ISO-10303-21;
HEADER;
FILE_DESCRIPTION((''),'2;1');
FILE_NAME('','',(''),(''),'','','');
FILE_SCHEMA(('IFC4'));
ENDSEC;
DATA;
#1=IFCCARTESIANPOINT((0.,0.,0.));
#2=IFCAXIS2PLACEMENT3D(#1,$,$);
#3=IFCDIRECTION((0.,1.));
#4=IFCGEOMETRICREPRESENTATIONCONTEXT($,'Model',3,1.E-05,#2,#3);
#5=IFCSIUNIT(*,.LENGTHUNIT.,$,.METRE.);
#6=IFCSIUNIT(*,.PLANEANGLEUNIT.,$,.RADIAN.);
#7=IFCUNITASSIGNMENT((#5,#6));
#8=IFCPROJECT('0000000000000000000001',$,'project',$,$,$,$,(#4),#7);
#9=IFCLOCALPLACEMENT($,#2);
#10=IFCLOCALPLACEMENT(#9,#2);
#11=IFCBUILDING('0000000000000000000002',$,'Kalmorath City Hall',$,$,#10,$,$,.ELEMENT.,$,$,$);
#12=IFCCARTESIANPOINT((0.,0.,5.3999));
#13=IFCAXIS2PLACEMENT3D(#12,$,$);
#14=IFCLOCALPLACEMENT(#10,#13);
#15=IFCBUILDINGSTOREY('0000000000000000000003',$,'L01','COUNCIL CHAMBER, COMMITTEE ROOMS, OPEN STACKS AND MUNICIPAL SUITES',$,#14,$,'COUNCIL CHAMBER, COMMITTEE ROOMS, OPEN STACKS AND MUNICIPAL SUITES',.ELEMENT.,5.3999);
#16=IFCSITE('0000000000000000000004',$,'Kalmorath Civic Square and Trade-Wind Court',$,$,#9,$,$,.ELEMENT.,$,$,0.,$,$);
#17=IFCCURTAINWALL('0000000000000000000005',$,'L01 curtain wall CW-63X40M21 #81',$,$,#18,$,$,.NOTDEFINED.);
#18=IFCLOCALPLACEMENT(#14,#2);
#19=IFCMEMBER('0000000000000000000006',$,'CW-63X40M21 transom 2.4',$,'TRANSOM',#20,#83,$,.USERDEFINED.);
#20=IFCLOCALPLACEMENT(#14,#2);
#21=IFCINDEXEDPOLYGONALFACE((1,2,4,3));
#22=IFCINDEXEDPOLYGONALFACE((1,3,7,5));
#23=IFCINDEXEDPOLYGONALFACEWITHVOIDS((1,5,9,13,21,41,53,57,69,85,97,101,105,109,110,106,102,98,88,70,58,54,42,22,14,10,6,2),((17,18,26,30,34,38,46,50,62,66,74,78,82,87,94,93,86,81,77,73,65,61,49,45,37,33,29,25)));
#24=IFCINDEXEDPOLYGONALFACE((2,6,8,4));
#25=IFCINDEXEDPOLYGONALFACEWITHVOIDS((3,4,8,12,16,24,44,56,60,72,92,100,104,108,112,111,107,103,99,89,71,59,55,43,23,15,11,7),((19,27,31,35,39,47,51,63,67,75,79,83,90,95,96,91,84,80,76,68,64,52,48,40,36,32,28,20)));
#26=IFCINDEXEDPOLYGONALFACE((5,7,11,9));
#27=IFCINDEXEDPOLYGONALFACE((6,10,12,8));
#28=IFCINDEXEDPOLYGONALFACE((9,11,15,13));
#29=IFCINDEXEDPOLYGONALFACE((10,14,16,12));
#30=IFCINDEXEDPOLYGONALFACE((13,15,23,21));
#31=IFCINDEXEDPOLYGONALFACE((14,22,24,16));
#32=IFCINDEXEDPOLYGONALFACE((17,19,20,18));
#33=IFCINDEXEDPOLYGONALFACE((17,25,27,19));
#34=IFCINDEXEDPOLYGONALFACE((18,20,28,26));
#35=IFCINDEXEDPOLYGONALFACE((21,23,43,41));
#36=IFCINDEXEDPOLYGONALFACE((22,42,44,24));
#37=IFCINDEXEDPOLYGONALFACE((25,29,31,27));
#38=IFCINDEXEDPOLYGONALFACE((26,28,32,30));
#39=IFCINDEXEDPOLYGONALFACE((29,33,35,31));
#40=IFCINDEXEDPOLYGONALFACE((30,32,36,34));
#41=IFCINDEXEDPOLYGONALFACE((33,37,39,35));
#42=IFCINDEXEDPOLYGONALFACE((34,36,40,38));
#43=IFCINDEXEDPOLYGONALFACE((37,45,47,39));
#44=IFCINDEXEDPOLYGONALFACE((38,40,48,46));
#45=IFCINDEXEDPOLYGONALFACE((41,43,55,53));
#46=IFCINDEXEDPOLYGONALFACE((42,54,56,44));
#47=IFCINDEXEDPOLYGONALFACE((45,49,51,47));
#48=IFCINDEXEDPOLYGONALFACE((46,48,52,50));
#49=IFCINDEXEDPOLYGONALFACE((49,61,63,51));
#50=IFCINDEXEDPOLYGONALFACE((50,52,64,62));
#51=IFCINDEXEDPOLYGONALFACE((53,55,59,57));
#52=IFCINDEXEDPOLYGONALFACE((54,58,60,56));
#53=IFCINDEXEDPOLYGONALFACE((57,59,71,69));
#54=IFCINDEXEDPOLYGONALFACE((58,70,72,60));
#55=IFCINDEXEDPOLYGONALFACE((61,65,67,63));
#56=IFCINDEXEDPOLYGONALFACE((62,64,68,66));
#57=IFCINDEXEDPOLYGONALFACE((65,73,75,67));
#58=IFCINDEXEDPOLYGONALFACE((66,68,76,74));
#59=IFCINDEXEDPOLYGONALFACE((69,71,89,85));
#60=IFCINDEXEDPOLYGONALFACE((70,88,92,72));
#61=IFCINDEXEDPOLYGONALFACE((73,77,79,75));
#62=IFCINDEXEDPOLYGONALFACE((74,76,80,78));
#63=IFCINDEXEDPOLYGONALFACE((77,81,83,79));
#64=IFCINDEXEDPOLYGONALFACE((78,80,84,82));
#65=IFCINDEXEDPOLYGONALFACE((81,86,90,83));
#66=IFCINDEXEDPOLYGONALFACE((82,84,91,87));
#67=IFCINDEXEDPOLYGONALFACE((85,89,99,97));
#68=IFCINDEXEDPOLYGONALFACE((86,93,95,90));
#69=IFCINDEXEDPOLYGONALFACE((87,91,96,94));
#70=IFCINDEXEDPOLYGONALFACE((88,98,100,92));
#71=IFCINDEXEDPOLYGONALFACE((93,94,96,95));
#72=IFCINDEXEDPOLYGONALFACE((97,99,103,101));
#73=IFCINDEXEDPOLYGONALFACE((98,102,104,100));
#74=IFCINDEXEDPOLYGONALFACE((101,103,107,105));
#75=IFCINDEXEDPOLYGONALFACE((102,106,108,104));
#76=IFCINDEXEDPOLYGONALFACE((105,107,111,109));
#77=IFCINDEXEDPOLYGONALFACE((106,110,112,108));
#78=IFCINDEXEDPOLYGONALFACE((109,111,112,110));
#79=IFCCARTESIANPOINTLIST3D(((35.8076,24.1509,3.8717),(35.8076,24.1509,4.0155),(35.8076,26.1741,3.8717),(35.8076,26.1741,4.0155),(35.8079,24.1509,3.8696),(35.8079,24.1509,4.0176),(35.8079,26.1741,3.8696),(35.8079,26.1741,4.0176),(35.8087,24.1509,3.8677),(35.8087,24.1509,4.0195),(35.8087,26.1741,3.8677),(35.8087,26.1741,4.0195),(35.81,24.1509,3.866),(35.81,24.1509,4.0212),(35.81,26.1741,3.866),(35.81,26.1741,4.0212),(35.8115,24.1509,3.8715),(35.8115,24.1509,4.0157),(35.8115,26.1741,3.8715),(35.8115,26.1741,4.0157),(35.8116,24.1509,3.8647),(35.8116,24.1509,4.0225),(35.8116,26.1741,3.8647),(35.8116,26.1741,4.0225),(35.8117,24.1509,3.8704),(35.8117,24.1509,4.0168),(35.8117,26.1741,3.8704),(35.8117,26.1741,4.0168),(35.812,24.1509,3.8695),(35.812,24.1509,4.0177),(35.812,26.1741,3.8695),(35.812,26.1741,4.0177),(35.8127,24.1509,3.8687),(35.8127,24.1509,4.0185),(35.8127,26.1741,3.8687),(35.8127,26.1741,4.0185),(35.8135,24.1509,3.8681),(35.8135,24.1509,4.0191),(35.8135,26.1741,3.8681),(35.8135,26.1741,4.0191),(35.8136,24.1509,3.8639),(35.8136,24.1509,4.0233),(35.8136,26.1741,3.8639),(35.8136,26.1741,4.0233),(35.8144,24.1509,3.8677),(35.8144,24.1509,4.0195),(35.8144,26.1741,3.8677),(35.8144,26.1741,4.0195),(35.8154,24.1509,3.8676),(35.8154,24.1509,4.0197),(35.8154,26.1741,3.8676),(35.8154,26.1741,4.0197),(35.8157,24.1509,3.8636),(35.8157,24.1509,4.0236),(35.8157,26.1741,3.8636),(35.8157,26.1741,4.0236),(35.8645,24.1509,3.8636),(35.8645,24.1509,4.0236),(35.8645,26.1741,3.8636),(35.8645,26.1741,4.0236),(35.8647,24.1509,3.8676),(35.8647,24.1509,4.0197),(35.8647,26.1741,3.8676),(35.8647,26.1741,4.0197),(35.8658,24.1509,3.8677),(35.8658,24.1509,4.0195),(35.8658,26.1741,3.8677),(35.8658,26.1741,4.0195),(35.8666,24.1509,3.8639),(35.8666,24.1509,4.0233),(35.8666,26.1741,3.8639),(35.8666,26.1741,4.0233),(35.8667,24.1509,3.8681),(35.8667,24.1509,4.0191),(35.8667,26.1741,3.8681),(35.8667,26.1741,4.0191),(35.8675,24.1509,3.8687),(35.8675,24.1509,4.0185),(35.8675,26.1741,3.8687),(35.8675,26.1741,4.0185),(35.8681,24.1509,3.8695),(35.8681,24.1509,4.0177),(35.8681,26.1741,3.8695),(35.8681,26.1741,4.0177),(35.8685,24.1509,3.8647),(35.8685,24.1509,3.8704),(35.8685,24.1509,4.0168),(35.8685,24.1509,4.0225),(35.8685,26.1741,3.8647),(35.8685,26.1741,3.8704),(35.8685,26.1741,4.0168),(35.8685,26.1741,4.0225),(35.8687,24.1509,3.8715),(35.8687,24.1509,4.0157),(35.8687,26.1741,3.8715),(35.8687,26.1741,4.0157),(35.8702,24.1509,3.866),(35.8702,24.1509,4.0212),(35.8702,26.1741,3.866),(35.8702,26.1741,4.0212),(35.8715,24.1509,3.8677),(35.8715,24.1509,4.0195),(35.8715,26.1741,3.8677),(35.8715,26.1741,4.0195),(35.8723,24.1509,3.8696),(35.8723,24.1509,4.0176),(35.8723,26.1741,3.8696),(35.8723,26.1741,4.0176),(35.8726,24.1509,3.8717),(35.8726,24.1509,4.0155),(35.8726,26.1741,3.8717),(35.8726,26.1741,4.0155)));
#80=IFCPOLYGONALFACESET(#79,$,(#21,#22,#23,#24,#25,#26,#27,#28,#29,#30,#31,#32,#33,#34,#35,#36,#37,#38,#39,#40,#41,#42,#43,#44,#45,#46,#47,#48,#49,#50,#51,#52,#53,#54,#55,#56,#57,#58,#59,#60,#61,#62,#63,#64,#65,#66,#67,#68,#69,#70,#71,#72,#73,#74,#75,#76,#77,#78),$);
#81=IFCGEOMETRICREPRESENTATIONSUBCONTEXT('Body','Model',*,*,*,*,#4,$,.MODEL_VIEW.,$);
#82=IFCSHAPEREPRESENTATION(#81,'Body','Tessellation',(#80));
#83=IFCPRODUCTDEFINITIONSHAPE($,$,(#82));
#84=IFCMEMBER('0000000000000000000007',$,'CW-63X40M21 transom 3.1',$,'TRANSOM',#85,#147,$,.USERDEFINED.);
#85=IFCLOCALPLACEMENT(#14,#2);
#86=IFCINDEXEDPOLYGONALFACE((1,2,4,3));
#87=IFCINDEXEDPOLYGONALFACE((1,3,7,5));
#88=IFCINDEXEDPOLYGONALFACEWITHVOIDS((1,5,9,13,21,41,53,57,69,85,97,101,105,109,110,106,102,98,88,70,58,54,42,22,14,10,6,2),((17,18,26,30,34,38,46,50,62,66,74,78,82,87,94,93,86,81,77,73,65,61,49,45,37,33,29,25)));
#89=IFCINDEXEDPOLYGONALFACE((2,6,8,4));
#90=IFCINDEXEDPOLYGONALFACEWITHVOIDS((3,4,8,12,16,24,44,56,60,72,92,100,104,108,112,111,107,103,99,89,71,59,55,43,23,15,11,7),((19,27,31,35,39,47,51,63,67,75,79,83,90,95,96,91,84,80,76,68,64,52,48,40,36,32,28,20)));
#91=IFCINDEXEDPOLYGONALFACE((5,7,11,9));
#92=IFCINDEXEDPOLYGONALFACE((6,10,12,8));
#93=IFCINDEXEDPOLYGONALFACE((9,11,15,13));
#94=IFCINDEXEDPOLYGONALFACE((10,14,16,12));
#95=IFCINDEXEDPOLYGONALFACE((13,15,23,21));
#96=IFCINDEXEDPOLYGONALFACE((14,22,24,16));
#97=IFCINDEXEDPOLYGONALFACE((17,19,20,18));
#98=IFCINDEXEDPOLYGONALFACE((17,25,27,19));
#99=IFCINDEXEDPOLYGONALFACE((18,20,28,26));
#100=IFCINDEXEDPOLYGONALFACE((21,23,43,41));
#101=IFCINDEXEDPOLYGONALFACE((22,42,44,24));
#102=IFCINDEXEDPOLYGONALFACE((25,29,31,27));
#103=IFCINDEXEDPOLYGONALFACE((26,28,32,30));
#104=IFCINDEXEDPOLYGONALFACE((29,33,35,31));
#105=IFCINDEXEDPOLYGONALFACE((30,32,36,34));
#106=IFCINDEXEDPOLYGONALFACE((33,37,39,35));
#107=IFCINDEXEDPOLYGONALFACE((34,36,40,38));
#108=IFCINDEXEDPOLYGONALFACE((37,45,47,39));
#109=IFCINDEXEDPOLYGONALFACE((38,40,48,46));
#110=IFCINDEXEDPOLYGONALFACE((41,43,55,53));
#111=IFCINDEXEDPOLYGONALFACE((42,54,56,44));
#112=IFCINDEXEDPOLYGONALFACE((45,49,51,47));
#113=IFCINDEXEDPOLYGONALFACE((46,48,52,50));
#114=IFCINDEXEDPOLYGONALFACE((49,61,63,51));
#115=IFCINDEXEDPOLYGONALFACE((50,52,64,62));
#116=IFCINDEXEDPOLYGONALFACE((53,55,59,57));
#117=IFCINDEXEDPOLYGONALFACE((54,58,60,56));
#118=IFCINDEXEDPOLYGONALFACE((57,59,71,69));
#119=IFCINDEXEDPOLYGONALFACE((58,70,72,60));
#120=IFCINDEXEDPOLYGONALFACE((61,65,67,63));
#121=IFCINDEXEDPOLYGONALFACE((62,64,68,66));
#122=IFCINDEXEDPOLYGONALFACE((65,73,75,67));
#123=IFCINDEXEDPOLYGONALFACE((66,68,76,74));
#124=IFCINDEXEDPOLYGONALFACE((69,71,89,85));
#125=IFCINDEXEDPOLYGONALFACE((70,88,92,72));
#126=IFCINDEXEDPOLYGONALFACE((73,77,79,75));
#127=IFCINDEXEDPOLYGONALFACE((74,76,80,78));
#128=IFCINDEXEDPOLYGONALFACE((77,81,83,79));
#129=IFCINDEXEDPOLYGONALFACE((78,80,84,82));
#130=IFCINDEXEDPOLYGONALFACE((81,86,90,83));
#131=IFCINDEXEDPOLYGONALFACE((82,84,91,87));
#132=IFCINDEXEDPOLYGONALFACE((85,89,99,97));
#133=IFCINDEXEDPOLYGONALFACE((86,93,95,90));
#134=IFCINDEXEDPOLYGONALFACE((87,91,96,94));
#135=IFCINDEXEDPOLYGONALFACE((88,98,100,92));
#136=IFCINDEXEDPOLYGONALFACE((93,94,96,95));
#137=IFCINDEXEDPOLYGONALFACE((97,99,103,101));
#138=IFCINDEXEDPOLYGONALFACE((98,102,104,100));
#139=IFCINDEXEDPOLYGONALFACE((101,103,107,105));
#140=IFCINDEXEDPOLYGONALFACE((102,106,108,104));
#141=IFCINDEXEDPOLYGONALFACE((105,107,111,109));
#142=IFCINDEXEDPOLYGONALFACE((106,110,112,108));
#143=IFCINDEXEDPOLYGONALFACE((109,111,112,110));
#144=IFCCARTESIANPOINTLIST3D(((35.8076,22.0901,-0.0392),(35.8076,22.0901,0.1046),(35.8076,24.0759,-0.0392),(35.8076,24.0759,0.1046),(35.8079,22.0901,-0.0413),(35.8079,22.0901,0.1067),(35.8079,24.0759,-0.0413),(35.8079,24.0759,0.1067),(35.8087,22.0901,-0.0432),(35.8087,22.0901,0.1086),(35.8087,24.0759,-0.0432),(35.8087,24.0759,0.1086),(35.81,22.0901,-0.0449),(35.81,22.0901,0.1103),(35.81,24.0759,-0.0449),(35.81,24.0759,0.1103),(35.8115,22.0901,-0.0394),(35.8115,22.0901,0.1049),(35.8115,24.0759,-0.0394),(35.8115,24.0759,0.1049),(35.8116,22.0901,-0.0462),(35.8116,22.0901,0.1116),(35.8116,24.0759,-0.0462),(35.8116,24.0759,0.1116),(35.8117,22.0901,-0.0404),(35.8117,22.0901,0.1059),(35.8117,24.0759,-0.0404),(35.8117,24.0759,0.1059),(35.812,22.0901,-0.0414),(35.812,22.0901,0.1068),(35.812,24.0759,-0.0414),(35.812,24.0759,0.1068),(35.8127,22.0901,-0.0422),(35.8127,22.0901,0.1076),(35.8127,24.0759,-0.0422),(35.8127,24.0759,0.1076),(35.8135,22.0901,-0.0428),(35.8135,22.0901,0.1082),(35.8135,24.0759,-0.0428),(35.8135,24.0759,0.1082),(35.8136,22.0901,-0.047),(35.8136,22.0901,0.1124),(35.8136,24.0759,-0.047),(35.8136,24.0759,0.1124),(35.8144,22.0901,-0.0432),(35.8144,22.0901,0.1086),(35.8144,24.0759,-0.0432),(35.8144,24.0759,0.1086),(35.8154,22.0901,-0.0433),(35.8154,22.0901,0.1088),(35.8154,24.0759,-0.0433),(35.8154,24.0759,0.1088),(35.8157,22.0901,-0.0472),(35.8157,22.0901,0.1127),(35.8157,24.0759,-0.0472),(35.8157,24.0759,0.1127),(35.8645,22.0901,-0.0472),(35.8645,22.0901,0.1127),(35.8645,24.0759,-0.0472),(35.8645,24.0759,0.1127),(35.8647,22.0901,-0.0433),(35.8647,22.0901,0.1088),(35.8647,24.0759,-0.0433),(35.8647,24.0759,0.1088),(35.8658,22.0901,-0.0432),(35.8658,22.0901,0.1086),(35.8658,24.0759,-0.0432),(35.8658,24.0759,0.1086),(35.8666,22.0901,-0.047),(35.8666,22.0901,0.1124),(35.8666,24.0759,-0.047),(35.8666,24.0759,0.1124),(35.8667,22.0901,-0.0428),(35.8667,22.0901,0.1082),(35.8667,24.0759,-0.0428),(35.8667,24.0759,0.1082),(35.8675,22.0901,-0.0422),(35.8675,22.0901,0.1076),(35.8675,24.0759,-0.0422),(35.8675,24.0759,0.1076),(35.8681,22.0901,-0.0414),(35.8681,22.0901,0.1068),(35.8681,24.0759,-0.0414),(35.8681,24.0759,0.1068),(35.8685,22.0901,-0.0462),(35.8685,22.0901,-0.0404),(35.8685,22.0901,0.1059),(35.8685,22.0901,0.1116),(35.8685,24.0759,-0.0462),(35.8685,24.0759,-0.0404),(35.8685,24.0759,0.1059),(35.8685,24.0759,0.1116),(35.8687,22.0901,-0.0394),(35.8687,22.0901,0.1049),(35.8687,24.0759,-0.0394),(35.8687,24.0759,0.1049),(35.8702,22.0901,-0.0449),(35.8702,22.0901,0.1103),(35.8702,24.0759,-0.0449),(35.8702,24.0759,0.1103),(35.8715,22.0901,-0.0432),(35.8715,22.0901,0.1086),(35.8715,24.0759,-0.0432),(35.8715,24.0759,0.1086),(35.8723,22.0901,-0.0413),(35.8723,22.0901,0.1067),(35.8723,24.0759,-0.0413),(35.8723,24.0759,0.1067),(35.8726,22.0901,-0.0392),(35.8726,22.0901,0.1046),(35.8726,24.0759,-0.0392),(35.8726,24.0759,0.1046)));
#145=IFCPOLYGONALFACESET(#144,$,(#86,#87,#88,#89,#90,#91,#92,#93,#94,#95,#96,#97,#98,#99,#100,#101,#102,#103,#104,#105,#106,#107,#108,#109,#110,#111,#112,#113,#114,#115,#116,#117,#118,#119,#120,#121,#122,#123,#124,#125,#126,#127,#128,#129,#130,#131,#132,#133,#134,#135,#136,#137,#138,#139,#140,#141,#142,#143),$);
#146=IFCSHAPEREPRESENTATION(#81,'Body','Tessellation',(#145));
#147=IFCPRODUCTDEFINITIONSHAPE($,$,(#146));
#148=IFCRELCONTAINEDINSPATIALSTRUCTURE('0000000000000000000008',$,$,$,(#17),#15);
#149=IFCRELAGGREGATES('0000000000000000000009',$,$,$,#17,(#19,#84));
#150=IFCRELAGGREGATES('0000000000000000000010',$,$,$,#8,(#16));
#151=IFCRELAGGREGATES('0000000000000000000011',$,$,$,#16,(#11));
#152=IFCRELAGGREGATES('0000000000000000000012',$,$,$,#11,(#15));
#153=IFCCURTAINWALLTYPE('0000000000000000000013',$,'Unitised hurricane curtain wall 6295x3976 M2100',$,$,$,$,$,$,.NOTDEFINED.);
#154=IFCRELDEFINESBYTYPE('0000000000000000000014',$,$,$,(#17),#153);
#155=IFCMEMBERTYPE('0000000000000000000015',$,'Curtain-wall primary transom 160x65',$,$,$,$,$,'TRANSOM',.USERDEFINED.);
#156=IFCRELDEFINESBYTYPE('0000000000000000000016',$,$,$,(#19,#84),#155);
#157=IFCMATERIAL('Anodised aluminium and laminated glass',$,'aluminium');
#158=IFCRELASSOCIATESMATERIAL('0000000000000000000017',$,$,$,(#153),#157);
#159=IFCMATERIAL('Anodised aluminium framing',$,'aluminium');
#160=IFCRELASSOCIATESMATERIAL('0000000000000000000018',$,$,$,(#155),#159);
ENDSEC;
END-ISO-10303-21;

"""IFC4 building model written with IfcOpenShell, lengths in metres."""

from ifc_helpers import new_model, si_unit, direction, frame, origin, origin_2d, place, context, subcontext, project, spatial, hollow_rectangle, extrude, material, material_profile, profile_set, type_object, element, aggregate, save


model = new_model("IFC4")

# Units and contexts
model_context = context("Model", 3, precision=1e-05, world=origin(), true_north=direction((0.0, 1.0)))
body_context = subcontext(model_context, "Body", "Model", "MODEL_VIEW")
ifc_project = project(units=[si_unit("LENGTHUNIT", "METRE"), si_unit("PLANEANGLEUNIT", "RADIAN")], contexts=[model_context])

# Site, building, storey
site_placement = place(None, origin())
site = spatial("IfcSite", under=ifc_project, at=site_placement, Name="Kalmorath Civic Square and Trade-Wind Court", CompositionType="ELEMENT", RefElevation=0.0)
building_placement = place(site_placement, origin())
building = spatial("IfcBuilding", under=site, at=building_placement, Name="Kalmorath City Hall", CompositionType="ELEMENT")
storey_placement = place(building_placement, frame((0.0, 0.0, 5.3999)))
storey = spatial("IfcBuildingStorey", under=building, at=storey_placement, Name="L01", Description="COUNCIL CHAMBER, COMMITTEE ROOMS, OPEN STACKS AND MUNICIPAL SUITES", LongName="COUNCIL CHAMBER, COMMITTEE ROOMS, OPEN STACKS AND MUNICIPAL SUITES", CompositionType="ELEMENT", Elevation=5.3999)

# Curtain wall, members
ifc_material_1 = material(Name="Anodised aluminium and laminated glass", Category="aluminium")
curtain_wall_type = type_object("IfcCurtainWallType", Name="Unitised hurricane curtain wall 6295x3976 M2100", PredefinedType="NOTDEFINED", material=ifc_material_1)
curtain_wall_placement = place(storey_placement, origin())
curtain_wall = element("IfcCurtainWall", 1, at=curtain_wall_placement, inside=storey, type_object=curtain_wall_type, Name="L01 curtain wall CW-63X40M21 #81", PredefinedType="NOTDEFINED")
ifc_material_2 = material(Name="Anodised aluminium framing", Category="aluminium")
ifc_material_profile_1 = material_profile(ifc_material_2, hollow_rectangle(XDim=0.0649, YDim=0.1599, WallThickness=0.0039, InnerFilletRadius=0.0039, OuterFilletRadius=0.0081, at=origin_2d()), Name="ALU-TRN-160X65X4")
ifc_profile_set_1 = profile_set([ifc_material_profile_1], Name="Anodised aluminium framing")
member_type_1 = type_object("IfcMemberType", Name="Curtain-wall primary transom 160x65", ElementType="TRANSOM", PredefinedType="USERDEFINED", material=ifc_profile_set_1)
member_1_placement = place(storey_placement, frame((35.8401, 26.1741, 3.9436), z_axis=(0.0, -1.0, 0.0), x_axis=(1.0, 0.0, 0.0)))
member_1 = element("IfcMember", 2, at=member_1_placement, type_object=member_type_1, Name="CW-63X40M21 transom 2.4", ObjectType="TRANSOM", PredefinedType="USERDEFINED", context=body_context, shape_type="SweptSolid", body=[
    extrude(hollow_rectangle(XDim=0.0649, YDim=0.1599, WallThickness=0.0039, InnerFilletRadius=0.0039, OuterFilletRadius=0.0081, at=origin_2d()), origin(), (0.0, 0.0, 1.0), 2.0232),
])
member_2_placement = place(storey_placement, frame((35.8401, 24.0759, 0.0327), z_axis=(0.0, -1.0, 0.0), x_axis=(1.0, 0.0, 0.0)))
member_2 = element("IfcMember", 3, at=member_2_placement, type_object=member_type_1, Name="CW-63X40M21 transom 3.1", ObjectType="TRANSOM", PredefinedType="USERDEFINED", context=body_context, shape_type="SweptSolid", body=[
    extrude(hollow_rectangle(XDim=0.0649, YDim=0.1599, WallThickness=0.0039, InnerFilletRadius=0.0039, OuterFilletRadius=0.0081, at=origin_2d()), origin(), (0.0, 0.0, 1.0), 1.9858),
])
aggregate(curtain_wall, [member_1, member_2])

save(model, "model.ifc")
